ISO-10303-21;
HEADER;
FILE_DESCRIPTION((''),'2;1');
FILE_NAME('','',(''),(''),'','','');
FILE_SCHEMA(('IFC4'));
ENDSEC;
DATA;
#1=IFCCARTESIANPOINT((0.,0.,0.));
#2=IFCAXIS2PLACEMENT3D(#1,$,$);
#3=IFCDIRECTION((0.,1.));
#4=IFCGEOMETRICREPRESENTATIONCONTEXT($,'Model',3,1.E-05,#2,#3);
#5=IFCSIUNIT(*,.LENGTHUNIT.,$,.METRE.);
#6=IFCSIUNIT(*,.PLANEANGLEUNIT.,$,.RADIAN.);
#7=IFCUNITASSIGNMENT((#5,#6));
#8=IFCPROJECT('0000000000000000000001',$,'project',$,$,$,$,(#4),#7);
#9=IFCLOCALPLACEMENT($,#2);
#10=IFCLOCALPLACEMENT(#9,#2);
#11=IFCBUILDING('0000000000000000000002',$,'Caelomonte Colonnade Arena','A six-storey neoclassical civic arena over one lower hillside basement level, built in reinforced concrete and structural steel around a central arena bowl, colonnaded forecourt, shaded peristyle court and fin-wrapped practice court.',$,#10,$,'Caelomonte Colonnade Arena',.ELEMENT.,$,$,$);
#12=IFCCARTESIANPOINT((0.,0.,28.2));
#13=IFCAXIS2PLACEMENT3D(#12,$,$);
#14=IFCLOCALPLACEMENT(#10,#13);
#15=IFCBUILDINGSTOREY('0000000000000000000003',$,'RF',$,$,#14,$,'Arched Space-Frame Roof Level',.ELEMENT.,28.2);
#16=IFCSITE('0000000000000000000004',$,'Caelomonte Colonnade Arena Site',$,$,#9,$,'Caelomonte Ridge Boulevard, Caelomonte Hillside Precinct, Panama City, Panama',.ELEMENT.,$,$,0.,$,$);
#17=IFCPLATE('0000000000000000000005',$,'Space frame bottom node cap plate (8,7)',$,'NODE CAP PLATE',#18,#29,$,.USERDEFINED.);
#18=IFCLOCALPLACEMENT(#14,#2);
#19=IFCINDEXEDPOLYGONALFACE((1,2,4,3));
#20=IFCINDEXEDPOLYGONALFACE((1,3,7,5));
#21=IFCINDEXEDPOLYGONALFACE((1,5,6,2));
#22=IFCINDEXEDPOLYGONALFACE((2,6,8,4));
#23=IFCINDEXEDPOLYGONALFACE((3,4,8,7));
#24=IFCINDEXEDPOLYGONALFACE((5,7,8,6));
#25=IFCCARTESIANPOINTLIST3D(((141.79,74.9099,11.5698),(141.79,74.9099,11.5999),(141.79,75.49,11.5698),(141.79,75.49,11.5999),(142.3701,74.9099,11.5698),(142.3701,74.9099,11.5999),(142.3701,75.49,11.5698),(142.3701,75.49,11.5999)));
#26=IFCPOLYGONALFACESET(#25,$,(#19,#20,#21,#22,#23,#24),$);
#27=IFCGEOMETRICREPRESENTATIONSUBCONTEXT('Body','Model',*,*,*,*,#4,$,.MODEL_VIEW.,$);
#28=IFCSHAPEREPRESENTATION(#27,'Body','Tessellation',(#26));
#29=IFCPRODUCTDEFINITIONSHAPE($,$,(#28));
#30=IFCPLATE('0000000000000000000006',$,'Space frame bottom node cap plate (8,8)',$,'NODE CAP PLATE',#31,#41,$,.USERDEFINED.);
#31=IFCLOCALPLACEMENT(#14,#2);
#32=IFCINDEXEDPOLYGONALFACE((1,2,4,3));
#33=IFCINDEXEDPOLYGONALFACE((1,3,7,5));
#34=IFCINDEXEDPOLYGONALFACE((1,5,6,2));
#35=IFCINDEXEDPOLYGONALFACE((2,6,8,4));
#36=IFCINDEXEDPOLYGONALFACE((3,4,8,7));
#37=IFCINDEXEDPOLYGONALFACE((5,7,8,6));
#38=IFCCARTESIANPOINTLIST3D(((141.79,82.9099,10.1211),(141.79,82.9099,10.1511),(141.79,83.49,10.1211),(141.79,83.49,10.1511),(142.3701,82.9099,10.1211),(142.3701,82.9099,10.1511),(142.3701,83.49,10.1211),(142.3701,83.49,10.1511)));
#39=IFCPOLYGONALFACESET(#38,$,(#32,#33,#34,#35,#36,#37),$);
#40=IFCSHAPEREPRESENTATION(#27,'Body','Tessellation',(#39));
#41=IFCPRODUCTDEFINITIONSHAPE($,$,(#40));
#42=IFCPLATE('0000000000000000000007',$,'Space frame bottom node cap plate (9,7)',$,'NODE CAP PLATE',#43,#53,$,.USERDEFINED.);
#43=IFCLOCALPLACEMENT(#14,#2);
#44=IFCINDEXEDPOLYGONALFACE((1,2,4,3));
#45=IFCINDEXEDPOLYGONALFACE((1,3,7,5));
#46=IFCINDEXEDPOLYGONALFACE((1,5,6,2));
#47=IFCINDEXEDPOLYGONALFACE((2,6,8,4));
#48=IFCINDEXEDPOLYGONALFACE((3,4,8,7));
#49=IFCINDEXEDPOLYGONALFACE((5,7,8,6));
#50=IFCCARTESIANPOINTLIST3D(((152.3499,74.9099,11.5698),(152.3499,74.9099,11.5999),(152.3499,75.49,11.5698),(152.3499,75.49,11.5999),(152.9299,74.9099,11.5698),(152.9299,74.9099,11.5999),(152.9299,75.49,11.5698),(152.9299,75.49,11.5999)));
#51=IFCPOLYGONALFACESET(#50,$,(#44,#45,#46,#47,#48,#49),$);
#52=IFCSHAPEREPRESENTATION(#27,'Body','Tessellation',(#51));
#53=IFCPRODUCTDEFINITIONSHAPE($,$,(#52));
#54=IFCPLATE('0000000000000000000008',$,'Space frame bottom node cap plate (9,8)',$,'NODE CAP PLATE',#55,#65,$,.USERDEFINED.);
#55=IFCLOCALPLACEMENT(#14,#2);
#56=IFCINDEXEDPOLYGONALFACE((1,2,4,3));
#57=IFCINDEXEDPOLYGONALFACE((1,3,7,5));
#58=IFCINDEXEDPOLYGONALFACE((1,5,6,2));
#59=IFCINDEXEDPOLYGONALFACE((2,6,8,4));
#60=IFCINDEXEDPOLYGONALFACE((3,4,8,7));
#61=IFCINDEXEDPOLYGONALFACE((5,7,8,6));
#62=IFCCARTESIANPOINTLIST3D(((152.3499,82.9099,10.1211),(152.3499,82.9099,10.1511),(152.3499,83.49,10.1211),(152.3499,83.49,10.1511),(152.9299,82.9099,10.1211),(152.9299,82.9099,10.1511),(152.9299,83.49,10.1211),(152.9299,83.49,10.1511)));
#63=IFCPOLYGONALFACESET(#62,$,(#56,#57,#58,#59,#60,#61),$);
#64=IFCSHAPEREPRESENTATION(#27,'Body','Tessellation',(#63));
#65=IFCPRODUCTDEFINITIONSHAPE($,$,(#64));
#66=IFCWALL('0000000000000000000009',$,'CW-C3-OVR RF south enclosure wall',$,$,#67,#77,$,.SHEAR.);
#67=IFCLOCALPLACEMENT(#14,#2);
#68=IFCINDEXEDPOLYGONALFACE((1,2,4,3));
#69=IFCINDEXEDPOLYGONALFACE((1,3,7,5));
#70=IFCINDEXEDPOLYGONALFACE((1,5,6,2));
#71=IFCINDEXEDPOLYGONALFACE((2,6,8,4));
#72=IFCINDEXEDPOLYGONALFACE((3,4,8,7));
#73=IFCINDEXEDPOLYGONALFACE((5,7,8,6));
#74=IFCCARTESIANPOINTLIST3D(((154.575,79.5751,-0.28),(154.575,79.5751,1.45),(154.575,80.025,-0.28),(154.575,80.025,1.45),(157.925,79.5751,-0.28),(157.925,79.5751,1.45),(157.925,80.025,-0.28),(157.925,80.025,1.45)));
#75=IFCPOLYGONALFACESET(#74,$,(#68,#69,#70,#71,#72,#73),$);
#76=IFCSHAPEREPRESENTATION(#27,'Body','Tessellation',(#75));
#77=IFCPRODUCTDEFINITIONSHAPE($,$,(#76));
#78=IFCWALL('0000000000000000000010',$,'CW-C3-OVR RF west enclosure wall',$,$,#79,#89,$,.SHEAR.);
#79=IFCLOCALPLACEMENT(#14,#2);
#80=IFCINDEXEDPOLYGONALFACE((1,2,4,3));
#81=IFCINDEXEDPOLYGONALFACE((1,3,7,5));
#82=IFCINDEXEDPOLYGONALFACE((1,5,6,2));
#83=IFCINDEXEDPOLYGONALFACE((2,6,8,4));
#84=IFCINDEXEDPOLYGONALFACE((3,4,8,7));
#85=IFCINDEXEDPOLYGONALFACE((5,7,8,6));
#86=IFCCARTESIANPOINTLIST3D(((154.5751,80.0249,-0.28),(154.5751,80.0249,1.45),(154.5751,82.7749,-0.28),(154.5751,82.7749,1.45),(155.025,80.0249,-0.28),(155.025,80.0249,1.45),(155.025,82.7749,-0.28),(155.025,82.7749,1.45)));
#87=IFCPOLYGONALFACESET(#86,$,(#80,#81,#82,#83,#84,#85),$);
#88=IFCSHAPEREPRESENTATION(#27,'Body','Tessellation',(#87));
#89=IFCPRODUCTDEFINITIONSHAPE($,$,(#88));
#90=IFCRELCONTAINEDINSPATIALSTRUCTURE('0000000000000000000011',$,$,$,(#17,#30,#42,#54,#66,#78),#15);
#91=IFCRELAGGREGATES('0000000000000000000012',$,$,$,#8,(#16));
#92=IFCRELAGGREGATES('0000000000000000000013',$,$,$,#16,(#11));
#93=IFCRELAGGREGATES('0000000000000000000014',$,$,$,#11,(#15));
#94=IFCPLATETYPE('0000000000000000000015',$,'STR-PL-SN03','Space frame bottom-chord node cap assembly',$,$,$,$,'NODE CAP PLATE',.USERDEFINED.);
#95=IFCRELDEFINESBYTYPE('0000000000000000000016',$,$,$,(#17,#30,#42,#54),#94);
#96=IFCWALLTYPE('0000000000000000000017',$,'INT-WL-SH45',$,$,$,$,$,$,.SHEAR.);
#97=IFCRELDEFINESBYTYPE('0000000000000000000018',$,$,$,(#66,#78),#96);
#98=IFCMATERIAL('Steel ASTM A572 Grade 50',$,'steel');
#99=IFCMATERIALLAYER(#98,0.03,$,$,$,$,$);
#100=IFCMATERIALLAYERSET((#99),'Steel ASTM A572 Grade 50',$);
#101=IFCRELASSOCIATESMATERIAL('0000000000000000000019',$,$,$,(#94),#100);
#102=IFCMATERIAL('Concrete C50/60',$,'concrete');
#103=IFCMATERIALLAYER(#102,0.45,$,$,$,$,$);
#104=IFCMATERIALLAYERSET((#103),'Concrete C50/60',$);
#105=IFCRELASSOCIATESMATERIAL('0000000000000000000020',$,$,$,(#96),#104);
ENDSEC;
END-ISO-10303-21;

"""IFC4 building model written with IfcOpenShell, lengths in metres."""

from ifc_helpers import new_model, si_unit, direction, frame, frame_2d, origin, origin_2d, place, context, subcontext, project, spatial, rectangle, extrude, material, layer, layer_set, type_object, element, save


model = new_model("IFC4")

# Units and contexts
model_context = context("Model", 3, precision=1e-05, world=origin(), true_north=direction((0.0, 1.0)))
body_context = subcontext(model_context, "Body", "Model", "MODEL_VIEW")
ifc_project = project(units=[si_unit("LENGTHUNIT", "METRE"), si_unit("PLANEANGLEUNIT", "RADIAN")], contexts=[model_context])

# Site, building, storey
site_placement = place(None, origin())
site = spatial("IfcSite", under=ifc_project, at=site_placement, Name="Caelomonte Colonnade Arena Site", LongName="Caelomonte Ridge Boulevard, Caelomonte Hillside Precinct, Panama City, Panama", CompositionType="ELEMENT", RefElevation=0.0)
building_placement = place(site_placement, origin())
building = spatial("IfcBuilding", under=site, at=building_placement, Name="Caelomonte Colonnade Arena", Description="A six-storey neoclassical civic arena over one lower hillside basement level, built in reinforced concrete and structural steel around a central arena bowl, colonnaded forecourt, shaded peristyle court and fin-wrapped practice court.", LongName="Caelomonte Colonnade Arena", CompositionType="ELEMENT")
storey_placement = place(building_placement, frame((0.0, 0.0, 28.2)))
storey = spatial("IfcBuildingStorey", under=building, at=storey_placement, Name="RF", LongName="Arched Space-Frame Roof Level", CompositionType="ELEMENT", Elevation=28.2)

# Plates
ifc_material_1 = material(Name="Steel ASTM A572 Grade 50", Category="steel")
ifc_layer_1 = layer(ifc_material_1, 0.03)
ifc_layer_set_1 = layer_set([ifc_layer_1], Name="Steel ASTM A572 Grade 50")
plate_type_1 = type_object("IfcPlateType", Name="STR-PL-SN03", Description="Space frame bottom-chord node cap assembly", ElementType="NODE CAP PLATE", PredefinedType="USERDEFINED", material=ifc_layer_set_1)
for number, where, z_axis, x_axis, name in (
    (1, (142.0801, 75.2, 11.5698), (0.0, 0.0, 1.0), (1.0, 0.0, 0.0), "Space frame bottom node cap plate (8,7)"),
    (2, (142.0801, 83.2, 10.1211), (0.0, 0.0, 1.0), (1.0, 0.0, 0.0), "Space frame bottom node cap plate (8,8)"),
    (3, (152.6399, 75.2, 11.5698), (0.0, 0.0, 1.0), (1.0, 0.0, 0.0), "Space frame bottom node cap plate (9,7)"),
    (4, (152.6399, 83.2, 10.1211), (0.0, 0.0, 1.0), (1.0, 0.0, 0.0), "Space frame bottom node cap plate (9,8)"),
):
    element("IfcPlate", number, at=place(storey_placement, frame(where, z_axis=z_axis, x_axis=x_axis)), inside=storey, type_object=plate_type_1, Name=name, ObjectType="NODE CAP PLATE", PredefinedType="USERDEFINED", context=body_context, shape_type="SweptSolid", body=[
        extrude(rectangle(XDim=0.5801, YDim=0.5801, at=origin_2d()), origin(), (0.0, 0.0, 1.0), 0.03),
    ])

# Walls
ifc_material_2 = material(Name="Concrete C50/60", Category="concrete")
ifc_layer_2 = layer(ifc_material_2, 0.45)
ifc_layer_set_2 = layer_set([ifc_layer_2], Name="Concrete C50/60")
wall_type = type_object("IfcWallType", Name="INT-WL-SH45", PredefinedType="SHEAR", material=ifc_layer_set_2)
wall_1_placement = place(storey_placement, frame((154.575, 79.8, -0.28), z_axis=(0.0, 0.0, 1.0), x_axis=(1.0, 0.0, 0.0)))
element("IfcWall", 5, at=wall_1_placement, inside=storey, type_object=wall_type, Name="CW-C3-OVR RF south enclosure wall", PredefinedType="SHEAR", context=body_context, shape_type="SweptSolid", body=[
    extrude(rectangle(XDim=3.3501, YDim=0.45, at=frame_2d((1.675, 0.0))), origin(), (0.0, 0.0, 1.0), 1.73),
])
wall_2_placement = place(storey_placement, frame((154.8, 82.7749, -0.28), z_axis=(0.0, 0.0, 1.0), x_axis=(0.0, -1.0, 0.0)))
element("IfcWall", 6, at=wall_2_placement, inside=storey, type_object=wall_type, Name="CW-C3-OVR RF west enclosure wall", PredefinedType="SHEAR", context=body_context, shape_type="SweptSolid", body=[
    extrude(rectangle(XDim=2.75, YDim=0.45, at=frame_2d((1.375, 0.0))), origin(), (0.0, 0.0, 1.0), 1.73),
])

save(model, "model.ifc")
